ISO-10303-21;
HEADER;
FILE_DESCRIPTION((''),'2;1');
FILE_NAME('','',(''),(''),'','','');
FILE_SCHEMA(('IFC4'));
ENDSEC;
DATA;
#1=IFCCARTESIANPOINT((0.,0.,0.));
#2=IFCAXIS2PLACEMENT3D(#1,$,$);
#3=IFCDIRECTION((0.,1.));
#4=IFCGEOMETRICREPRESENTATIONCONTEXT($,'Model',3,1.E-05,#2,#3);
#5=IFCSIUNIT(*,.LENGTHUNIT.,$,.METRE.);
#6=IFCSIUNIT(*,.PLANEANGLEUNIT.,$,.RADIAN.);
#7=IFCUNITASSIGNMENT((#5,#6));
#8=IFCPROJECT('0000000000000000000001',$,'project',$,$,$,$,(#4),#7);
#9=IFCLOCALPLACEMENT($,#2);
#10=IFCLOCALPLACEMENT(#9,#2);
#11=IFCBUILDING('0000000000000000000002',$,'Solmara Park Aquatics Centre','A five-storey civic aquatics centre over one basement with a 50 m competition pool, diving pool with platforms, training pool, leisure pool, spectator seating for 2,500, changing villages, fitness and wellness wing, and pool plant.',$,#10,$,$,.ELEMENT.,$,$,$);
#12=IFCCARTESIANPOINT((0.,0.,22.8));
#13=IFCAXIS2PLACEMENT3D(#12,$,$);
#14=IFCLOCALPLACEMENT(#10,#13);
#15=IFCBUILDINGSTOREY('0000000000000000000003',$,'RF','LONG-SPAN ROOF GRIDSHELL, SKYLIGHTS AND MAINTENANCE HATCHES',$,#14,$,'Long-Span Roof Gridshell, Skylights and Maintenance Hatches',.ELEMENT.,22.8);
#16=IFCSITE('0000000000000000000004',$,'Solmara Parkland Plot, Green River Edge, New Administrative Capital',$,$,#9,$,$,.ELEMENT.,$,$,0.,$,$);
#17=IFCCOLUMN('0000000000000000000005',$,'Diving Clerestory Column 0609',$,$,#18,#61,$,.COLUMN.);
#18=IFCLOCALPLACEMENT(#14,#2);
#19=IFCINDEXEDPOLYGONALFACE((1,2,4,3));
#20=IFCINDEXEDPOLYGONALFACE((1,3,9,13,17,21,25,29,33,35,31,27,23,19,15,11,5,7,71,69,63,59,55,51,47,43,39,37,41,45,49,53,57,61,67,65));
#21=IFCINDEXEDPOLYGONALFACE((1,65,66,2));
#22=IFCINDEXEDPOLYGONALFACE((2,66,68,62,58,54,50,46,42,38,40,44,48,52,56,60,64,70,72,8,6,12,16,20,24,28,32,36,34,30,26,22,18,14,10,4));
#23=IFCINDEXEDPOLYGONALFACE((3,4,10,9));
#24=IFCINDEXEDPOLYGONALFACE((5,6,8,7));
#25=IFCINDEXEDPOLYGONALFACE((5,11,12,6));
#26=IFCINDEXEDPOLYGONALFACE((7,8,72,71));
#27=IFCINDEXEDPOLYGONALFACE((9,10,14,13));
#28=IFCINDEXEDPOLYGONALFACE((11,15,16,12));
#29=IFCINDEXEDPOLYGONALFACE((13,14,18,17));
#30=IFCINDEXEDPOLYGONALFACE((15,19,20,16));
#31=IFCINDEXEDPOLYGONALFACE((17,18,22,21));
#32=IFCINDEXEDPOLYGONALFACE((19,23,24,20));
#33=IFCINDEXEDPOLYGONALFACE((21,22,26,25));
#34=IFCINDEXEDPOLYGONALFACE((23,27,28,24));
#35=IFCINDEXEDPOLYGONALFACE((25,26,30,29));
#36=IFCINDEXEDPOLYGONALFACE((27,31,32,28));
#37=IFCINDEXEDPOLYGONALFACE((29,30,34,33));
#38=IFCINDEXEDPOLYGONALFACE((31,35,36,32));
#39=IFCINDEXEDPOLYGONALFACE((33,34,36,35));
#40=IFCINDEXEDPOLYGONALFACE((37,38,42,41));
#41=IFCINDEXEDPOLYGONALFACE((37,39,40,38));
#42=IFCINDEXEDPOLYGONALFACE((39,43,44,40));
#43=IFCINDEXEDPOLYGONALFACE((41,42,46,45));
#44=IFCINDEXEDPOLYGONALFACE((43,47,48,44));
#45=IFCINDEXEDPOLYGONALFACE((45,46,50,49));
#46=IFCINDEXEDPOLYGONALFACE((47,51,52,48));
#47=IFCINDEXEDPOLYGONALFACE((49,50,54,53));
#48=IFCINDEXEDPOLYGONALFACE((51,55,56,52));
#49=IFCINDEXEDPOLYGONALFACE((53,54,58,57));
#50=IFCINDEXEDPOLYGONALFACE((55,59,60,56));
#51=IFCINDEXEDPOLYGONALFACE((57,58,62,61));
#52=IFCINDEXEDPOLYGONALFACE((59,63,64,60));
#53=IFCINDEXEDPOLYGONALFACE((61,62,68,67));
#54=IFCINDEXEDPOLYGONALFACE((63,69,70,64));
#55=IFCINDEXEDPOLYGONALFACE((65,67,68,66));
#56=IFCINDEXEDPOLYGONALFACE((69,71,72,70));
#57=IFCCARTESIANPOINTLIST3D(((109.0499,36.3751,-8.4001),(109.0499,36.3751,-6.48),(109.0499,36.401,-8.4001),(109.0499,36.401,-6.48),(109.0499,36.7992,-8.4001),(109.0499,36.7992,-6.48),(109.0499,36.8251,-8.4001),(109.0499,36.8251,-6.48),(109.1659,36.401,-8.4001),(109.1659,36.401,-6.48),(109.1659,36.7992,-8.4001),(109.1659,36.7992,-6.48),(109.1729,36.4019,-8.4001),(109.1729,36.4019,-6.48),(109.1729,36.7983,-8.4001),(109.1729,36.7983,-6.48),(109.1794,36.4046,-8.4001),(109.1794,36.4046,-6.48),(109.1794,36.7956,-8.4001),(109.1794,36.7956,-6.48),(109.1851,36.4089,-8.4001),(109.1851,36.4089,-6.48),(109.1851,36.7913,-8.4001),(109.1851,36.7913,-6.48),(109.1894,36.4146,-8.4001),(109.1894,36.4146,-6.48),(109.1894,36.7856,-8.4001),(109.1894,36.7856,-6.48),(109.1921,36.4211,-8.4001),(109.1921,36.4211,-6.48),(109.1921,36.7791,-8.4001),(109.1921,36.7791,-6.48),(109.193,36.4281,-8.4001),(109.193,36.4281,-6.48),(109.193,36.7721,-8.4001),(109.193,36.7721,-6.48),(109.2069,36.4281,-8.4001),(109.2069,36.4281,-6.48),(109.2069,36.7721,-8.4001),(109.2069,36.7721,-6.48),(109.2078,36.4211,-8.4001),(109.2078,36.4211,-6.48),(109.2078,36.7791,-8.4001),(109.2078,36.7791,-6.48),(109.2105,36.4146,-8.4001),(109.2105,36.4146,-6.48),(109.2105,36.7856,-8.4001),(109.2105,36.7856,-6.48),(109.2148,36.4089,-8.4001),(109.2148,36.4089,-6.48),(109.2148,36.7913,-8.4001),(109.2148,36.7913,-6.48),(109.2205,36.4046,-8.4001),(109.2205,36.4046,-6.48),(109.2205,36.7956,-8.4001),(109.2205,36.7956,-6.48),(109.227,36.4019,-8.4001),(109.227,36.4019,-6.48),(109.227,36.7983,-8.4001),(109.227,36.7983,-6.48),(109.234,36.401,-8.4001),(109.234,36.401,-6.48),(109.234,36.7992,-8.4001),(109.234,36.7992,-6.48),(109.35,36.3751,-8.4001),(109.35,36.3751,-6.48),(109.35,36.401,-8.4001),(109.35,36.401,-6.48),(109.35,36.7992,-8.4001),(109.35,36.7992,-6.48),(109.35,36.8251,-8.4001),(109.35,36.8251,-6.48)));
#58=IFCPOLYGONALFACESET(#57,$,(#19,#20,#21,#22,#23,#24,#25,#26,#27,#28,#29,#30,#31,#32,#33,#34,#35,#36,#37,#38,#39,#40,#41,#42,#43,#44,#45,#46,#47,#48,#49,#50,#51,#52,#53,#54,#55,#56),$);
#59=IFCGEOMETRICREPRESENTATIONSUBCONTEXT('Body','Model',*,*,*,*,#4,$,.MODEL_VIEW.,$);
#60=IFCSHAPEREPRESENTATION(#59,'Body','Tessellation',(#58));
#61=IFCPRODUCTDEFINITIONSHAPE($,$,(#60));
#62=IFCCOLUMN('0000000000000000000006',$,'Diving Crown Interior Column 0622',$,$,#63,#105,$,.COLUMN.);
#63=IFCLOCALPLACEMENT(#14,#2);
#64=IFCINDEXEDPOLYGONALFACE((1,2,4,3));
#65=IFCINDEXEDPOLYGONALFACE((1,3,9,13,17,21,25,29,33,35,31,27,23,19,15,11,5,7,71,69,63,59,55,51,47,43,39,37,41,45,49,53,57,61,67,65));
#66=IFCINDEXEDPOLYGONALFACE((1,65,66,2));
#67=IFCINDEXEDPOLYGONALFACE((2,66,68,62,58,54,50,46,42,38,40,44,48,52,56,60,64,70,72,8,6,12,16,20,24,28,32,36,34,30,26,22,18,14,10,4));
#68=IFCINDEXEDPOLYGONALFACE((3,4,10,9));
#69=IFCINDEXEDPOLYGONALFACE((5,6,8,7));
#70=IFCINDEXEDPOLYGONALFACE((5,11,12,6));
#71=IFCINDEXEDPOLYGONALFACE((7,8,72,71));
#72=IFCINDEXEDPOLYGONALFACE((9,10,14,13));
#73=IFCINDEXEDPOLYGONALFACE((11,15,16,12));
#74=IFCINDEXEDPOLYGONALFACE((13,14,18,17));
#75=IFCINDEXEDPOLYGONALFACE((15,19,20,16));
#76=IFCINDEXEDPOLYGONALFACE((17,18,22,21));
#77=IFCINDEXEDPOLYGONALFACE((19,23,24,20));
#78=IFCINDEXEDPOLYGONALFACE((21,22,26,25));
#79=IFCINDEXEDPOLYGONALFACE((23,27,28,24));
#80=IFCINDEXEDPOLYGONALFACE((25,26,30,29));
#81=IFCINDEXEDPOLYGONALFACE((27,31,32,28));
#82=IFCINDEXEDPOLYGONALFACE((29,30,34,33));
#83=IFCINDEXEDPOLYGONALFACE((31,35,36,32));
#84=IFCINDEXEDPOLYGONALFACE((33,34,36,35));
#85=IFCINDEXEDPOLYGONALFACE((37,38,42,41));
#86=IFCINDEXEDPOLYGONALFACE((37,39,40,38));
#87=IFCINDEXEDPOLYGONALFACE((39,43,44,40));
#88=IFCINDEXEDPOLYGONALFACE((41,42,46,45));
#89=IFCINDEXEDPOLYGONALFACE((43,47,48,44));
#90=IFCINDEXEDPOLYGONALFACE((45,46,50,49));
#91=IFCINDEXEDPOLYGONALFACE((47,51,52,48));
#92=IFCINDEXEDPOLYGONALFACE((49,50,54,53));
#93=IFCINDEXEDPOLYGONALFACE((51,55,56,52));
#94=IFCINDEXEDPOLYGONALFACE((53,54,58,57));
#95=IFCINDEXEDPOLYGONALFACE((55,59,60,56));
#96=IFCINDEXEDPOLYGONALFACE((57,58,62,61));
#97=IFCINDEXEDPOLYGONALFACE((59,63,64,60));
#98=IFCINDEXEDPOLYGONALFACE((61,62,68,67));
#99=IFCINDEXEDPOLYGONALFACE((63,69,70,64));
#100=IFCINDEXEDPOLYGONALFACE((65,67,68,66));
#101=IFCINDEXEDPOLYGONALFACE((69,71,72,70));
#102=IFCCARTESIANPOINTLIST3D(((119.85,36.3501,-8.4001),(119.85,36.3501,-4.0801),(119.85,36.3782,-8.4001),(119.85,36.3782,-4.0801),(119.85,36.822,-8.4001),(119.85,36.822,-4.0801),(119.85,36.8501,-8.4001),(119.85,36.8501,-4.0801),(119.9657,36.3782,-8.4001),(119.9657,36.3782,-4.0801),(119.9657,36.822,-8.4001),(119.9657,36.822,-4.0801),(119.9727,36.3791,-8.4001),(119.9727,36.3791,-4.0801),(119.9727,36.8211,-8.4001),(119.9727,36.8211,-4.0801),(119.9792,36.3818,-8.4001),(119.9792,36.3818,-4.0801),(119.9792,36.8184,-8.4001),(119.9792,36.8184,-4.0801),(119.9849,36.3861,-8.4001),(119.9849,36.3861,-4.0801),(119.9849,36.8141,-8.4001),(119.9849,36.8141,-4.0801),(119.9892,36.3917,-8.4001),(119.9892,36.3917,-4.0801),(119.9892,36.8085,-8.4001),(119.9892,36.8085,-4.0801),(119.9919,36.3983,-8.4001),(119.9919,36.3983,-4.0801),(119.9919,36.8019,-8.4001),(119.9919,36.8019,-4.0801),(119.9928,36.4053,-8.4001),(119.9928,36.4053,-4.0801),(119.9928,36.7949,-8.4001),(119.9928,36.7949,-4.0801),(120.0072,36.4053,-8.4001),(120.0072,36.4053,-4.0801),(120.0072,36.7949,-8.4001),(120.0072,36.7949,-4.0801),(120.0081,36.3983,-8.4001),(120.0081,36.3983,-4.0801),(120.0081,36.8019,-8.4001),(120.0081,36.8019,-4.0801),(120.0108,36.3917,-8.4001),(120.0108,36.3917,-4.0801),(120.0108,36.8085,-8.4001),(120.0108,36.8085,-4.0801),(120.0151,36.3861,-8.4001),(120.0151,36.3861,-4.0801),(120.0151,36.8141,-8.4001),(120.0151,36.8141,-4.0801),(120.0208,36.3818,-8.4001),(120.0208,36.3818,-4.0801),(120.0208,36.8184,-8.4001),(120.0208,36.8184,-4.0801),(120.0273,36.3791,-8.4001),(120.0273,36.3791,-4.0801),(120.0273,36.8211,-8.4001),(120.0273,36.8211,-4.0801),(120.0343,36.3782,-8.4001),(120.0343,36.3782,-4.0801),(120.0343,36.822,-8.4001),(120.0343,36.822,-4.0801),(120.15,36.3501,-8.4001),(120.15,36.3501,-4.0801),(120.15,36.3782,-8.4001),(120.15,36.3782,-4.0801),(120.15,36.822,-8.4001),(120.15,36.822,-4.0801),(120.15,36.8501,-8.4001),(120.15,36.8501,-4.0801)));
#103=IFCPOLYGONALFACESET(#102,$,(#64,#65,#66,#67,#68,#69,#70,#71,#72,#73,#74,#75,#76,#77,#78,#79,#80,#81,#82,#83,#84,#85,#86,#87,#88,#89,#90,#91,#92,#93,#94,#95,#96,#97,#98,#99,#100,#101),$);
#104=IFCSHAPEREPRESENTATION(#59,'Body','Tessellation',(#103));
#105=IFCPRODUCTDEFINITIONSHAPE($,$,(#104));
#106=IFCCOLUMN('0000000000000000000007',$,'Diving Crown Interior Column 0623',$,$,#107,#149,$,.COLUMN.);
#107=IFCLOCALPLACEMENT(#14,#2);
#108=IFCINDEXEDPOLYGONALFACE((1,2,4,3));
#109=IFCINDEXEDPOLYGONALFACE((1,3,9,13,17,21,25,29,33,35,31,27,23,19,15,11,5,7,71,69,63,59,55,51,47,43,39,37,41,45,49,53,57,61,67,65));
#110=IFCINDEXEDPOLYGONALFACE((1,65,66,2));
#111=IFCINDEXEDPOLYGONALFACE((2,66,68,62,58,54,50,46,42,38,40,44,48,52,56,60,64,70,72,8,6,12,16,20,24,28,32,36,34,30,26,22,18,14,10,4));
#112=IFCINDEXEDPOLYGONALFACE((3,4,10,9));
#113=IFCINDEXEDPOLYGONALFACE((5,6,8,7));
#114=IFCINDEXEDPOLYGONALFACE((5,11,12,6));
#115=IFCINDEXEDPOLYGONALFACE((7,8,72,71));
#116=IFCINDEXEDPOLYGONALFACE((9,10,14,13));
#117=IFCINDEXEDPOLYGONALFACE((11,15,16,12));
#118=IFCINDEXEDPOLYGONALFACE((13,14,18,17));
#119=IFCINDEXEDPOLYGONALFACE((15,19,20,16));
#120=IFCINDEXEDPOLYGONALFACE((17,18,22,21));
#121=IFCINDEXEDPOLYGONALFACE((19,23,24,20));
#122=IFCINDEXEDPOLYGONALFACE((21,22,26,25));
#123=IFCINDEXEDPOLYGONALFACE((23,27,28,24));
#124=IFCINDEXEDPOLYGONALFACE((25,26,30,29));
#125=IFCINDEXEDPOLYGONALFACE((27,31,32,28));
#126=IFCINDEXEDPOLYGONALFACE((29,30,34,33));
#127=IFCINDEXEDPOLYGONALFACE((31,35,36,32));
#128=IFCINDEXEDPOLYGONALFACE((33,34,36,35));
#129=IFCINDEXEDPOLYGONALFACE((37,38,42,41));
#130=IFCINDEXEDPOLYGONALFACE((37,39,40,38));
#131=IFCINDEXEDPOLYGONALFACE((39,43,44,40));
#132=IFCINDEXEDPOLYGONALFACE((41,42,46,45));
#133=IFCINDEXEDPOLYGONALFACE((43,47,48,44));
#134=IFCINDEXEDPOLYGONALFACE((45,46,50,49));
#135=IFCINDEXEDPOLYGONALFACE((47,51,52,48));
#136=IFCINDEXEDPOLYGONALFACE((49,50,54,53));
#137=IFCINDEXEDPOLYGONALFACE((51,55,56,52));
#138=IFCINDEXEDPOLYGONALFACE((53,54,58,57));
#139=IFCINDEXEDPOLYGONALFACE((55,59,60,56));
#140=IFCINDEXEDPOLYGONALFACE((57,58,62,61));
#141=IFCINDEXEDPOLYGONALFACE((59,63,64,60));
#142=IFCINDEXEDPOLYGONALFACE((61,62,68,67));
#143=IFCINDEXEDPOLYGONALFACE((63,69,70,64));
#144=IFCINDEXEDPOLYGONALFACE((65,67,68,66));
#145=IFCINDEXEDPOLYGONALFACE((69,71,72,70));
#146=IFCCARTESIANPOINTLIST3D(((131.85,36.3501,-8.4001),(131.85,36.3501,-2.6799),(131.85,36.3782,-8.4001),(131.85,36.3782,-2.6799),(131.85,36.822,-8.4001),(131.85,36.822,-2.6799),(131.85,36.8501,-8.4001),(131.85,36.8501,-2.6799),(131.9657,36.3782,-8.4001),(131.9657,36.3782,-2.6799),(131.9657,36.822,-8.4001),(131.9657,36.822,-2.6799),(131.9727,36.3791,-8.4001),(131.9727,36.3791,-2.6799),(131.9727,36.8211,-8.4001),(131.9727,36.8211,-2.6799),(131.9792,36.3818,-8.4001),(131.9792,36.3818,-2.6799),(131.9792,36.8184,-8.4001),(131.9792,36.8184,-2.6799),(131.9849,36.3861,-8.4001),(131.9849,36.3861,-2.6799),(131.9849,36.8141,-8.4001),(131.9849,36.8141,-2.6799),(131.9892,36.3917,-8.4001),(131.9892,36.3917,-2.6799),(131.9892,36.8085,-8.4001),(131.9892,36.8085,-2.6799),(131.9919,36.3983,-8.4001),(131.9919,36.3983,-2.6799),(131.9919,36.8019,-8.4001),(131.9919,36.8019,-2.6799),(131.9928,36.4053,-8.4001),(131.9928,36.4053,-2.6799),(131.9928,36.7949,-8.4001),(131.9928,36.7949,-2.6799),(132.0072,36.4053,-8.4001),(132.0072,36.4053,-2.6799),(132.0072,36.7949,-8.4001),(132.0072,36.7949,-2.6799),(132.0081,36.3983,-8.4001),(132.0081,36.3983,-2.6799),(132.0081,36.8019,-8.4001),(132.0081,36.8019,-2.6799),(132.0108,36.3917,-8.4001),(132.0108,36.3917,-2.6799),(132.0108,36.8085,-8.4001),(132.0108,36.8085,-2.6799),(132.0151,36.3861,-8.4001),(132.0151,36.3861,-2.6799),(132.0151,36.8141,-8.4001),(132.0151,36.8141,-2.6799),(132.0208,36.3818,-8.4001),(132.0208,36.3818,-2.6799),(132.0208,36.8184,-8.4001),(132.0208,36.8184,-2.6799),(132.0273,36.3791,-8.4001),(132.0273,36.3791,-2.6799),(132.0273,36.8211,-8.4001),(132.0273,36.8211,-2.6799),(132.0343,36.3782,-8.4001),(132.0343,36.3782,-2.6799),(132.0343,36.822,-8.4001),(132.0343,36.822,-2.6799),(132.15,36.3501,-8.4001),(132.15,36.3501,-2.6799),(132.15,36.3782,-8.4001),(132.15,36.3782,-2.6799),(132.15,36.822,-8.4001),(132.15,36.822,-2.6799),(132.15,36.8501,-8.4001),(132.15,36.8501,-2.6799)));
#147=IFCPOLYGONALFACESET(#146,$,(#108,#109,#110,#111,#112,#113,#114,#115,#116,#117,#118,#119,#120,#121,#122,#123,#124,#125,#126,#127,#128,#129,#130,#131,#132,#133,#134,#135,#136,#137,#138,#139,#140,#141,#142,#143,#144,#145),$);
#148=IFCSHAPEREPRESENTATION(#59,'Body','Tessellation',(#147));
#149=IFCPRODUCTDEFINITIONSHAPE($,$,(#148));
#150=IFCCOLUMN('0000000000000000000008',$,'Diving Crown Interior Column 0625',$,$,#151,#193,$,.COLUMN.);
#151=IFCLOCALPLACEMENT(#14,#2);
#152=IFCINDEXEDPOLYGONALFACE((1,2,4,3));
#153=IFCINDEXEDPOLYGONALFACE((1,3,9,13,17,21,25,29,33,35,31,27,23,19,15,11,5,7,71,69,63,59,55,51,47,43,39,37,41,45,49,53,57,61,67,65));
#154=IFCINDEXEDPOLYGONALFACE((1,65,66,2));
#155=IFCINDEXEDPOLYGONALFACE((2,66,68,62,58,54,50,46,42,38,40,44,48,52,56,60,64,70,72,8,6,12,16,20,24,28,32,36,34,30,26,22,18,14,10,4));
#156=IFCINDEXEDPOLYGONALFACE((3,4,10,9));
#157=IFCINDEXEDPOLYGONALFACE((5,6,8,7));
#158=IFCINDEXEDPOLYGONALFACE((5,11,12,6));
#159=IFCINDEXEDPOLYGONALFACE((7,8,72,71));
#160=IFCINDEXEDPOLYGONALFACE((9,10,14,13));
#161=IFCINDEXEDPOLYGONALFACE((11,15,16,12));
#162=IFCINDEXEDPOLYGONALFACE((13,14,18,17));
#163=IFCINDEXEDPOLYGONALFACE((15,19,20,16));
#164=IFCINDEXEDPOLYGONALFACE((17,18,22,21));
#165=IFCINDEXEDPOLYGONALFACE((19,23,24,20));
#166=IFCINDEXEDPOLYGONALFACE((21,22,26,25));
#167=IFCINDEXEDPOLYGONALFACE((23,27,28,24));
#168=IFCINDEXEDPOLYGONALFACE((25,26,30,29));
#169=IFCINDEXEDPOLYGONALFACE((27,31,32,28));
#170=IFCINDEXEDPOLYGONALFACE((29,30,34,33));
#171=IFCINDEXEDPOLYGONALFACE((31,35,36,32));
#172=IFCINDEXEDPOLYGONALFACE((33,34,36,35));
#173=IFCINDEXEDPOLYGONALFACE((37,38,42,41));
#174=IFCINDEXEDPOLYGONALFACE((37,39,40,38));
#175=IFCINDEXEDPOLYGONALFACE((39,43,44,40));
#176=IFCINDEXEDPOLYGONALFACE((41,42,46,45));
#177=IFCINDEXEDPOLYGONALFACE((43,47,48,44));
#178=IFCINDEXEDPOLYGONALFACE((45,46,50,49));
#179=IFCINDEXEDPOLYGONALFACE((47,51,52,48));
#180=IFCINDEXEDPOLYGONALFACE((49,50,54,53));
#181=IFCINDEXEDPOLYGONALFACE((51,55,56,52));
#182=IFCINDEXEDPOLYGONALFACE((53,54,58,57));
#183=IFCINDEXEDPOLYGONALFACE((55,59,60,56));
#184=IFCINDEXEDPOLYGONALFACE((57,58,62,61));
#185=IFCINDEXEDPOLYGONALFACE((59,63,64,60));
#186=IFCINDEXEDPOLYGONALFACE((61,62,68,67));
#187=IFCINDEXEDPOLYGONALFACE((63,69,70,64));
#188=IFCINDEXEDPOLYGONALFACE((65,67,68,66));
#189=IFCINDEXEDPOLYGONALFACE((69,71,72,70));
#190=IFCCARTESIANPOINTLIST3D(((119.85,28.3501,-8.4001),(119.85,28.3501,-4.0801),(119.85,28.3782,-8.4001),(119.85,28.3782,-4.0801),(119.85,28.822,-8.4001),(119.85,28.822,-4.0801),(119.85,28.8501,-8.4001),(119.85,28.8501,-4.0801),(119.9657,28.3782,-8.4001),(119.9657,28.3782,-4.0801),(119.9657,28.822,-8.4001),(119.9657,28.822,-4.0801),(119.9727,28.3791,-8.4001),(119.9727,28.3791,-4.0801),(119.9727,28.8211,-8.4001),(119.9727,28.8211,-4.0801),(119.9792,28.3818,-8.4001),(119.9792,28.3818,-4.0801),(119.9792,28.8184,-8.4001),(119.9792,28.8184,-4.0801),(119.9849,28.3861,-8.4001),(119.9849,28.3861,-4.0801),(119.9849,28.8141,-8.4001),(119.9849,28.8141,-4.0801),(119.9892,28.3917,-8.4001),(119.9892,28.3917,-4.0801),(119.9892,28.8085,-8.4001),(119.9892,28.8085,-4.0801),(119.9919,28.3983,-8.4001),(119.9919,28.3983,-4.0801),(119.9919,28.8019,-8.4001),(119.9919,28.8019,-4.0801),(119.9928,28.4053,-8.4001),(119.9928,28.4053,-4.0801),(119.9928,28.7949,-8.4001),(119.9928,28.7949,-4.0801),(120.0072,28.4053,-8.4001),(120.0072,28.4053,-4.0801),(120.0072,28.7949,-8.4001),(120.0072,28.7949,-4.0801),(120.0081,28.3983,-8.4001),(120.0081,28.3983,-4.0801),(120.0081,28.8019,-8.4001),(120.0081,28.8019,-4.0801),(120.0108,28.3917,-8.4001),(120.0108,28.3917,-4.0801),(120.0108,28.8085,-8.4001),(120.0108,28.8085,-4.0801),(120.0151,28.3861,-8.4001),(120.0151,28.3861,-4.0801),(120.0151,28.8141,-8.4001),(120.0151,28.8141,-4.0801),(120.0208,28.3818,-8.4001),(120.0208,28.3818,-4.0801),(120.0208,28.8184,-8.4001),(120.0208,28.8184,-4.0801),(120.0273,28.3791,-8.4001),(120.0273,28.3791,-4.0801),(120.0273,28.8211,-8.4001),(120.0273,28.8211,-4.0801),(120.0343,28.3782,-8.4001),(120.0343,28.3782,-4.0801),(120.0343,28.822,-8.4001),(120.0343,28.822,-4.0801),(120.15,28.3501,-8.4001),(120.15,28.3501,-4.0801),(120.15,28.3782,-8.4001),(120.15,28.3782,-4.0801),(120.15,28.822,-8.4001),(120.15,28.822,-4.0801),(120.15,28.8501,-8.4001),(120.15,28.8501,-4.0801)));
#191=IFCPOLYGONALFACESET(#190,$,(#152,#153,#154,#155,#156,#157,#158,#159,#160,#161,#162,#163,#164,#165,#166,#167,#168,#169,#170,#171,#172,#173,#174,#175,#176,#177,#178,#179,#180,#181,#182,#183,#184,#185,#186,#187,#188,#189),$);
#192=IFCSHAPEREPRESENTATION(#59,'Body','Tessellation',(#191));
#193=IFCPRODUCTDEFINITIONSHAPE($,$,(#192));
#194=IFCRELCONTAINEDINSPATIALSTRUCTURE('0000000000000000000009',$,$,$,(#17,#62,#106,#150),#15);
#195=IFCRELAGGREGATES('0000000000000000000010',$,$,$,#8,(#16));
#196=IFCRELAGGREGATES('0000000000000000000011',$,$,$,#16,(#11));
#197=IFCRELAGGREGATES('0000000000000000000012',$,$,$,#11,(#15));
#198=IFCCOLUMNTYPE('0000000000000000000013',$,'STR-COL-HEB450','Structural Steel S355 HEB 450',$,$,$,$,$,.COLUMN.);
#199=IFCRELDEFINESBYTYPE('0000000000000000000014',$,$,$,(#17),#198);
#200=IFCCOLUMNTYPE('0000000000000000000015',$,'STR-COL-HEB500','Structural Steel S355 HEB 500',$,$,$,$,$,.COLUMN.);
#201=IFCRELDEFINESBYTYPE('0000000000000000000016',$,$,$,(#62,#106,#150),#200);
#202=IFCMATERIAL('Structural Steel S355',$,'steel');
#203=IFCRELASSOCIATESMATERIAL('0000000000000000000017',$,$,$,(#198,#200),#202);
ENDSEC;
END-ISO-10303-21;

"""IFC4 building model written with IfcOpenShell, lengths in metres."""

from ifc_helpers import new_model, si_unit, direction, frame, origin, origin_2d, place, context, subcontext, project, spatial, i_section, extrude, material, material_profile, profile_set, type_object, element, save


model = new_model("IFC4")

# Units and contexts
model_context = context("Model", 3, precision=1e-05, world=origin(), true_north=direction((0.0, 1.0)))
body_context = subcontext(model_context, "Body", "Model", "MODEL_VIEW")
ifc_project = project(units=[si_unit("LENGTHUNIT", "METRE"), si_unit("PLANEANGLEUNIT", "RADIAN")], contexts=[model_context])

# Site, building, storey
site_placement = place(None, origin())
site = spatial("IfcSite", under=ifc_project, at=site_placement, Name="Solmara Parkland Plot, Green River Edge, New Administrative Capital", CompositionType="ELEMENT", RefElevation=0.0)
building_placement = place(site_placement, origin())
building = spatial("IfcBuilding", under=site, at=building_placement, Name="Solmara Park Aquatics Centre", Description="A five-storey civic aquatics centre over one basement with a 50 m competition pool, diving pool with platforms, training pool, leisure pool, spectator seating for 2,500, changing villages, fitness and wellness wing, and pool plant.", CompositionType="ELEMENT")
storey_placement = place(building_placement, frame((0.0, 0.0, 22.8)))
storey = spatial("IfcBuildingStorey", under=building, at=storey_placement, Name="RF", Description="LONG-SPAN ROOF GRIDSHELL, SKYLIGHTS AND MAINTENANCE HATCHES", LongName="Long-Span Roof Gridshell, Skylights and Maintenance Hatches", CompositionType="ELEMENT", Elevation=22.8)

# Columns
ifc_material_1 = material(Name="Structural Steel S355", Category="steel")
ifc_material_profile_1 = material_profile(ifc_material_1, i_section(OverallWidth=0.3, OverallDepth=0.45, WebThickness=0.0139, FlangeThickness=0.0259, FilletRadius=0.0271, at=origin_2d()), Name="HEB 450")
ifc_profile_set_1 = profile_set([ifc_material_profile_1], Name="Structural Steel S355")
column_type_1 = type_object("IfcColumnType", Name="STR-COL-HEB450", Description="Structural Steel S355 HEB 450", PredefinedType="COLUMN", material=ifc_profile_set_1)
column_1_placement = place(storey_placement, frame((109.2, 36.6001, -8.4001), z_axis=(0.0, 0.0, 1.0), x_axis=(1.0, 0.0, 0.0)))
element("IfcColumn", 1, at=column_1_placement, inside=storey, type_object=column_type_1, Name="Diving Clerestory Column 0609", PredefinedType="COLUMN", context=body_context, shape_type="SweptSolid", body=[
    extrude(i_section(OverallWidth=0.3, OverallDepth=0.45, WebThickness=0.0139, FlangeThickness=0.0259, FilletRadius=0.0271, at=origin_2d()), origin(), (0.0, 0.0, 1.0), 1.9202),
])
ifc_material_profile_2 = material_profile(ifc_material_1, i_section(OverallWidth=0.3, OverallDepth=0.5, WebThickness=0.0144, FlangeThickness=0.0281, FilletRadius=0.0271, at=origin_2d()), Name="HEB 500")
ifc_profile_set_2 = profile_set([ifc_material_profile_2], Name="Structural Steel S355")
column_type_2 = type_object("IfcColumnType", Name="STR-COL-HEB500", Description="Structural Steel S355 HEB 500", PredefinedType="COLUMN", material=ifc_profile_set_2)
column_2_placement = place(storey_placement, frame((120.0, 36.6001, -8.4001), z_axis=(0.0, 0.0, 1.0), x_axis=(1.0, 0.0, 0.0)))
element("IfcColumn", 2, at=column_2_placement, inside=storey, type_object=column_type_2, Name="Diving Crown Interior Column 0622", PredefinedType="COLUMN", context=body_context, shape_type="SweptSolid", body=[
    extrude(i_section(OverallWidth=0.3, OverallDepth=0.5, WebThickness=0.0144, FlangeThickness=0.0281, FilletRadius=0.0271, at=origin_2d()), origin(), (0.0, 0.0, 1.0), 4.3201),
])
column_3_placement = place(storey_placement, frame((132.0, 36.6001, -8.4001), z_axis=(0.0, 0.0, 1.0), x_axis=(1.0, 0.0, 0.0)))
element("IfcColumn", 3, at=column_3_placement, inside=storey, type_object=column_type_2, Name="Diving Crown Interior Column 0623", PredefinedType="COLUMN", context=body_context, shape_type="SweptSolid", body=[
    extrude(i_section(OverallWidth=0.3, OverallDepth=0.5, WebThickness=0.0144, FlangeThickness=0.0281, FilletRadius=0.0271, at=origin_2d()), origin(), (0.0, 0.0, 1.0), 5.7202),
])
column_4_placement = place(storey_placement, frame((120.0, 28.6001, -8.4001), z_axis=(0.0, 0.0, 1.0), x_axis=(1.0, 0.0, 0.0)))
element("IfcColumn", 4, at=column_4_placement, inside=storey, type_object=column_type_2, Name="Diving Crown Interior Column 0625", PredefinedType="COLUMN", context=body_context, shape_type="SweptSolid", body=[
    extrude(i_section(OverallWidth=0.3, OverallDepth=0.5, WebThickness=0.0144, FlangeThickness=0.0281, FilletRadius=0.0271, at=origin_2d()), origin(), (0.0, 0.0, 1.0), 4.3201),
])

save(model, "model.ifc")
